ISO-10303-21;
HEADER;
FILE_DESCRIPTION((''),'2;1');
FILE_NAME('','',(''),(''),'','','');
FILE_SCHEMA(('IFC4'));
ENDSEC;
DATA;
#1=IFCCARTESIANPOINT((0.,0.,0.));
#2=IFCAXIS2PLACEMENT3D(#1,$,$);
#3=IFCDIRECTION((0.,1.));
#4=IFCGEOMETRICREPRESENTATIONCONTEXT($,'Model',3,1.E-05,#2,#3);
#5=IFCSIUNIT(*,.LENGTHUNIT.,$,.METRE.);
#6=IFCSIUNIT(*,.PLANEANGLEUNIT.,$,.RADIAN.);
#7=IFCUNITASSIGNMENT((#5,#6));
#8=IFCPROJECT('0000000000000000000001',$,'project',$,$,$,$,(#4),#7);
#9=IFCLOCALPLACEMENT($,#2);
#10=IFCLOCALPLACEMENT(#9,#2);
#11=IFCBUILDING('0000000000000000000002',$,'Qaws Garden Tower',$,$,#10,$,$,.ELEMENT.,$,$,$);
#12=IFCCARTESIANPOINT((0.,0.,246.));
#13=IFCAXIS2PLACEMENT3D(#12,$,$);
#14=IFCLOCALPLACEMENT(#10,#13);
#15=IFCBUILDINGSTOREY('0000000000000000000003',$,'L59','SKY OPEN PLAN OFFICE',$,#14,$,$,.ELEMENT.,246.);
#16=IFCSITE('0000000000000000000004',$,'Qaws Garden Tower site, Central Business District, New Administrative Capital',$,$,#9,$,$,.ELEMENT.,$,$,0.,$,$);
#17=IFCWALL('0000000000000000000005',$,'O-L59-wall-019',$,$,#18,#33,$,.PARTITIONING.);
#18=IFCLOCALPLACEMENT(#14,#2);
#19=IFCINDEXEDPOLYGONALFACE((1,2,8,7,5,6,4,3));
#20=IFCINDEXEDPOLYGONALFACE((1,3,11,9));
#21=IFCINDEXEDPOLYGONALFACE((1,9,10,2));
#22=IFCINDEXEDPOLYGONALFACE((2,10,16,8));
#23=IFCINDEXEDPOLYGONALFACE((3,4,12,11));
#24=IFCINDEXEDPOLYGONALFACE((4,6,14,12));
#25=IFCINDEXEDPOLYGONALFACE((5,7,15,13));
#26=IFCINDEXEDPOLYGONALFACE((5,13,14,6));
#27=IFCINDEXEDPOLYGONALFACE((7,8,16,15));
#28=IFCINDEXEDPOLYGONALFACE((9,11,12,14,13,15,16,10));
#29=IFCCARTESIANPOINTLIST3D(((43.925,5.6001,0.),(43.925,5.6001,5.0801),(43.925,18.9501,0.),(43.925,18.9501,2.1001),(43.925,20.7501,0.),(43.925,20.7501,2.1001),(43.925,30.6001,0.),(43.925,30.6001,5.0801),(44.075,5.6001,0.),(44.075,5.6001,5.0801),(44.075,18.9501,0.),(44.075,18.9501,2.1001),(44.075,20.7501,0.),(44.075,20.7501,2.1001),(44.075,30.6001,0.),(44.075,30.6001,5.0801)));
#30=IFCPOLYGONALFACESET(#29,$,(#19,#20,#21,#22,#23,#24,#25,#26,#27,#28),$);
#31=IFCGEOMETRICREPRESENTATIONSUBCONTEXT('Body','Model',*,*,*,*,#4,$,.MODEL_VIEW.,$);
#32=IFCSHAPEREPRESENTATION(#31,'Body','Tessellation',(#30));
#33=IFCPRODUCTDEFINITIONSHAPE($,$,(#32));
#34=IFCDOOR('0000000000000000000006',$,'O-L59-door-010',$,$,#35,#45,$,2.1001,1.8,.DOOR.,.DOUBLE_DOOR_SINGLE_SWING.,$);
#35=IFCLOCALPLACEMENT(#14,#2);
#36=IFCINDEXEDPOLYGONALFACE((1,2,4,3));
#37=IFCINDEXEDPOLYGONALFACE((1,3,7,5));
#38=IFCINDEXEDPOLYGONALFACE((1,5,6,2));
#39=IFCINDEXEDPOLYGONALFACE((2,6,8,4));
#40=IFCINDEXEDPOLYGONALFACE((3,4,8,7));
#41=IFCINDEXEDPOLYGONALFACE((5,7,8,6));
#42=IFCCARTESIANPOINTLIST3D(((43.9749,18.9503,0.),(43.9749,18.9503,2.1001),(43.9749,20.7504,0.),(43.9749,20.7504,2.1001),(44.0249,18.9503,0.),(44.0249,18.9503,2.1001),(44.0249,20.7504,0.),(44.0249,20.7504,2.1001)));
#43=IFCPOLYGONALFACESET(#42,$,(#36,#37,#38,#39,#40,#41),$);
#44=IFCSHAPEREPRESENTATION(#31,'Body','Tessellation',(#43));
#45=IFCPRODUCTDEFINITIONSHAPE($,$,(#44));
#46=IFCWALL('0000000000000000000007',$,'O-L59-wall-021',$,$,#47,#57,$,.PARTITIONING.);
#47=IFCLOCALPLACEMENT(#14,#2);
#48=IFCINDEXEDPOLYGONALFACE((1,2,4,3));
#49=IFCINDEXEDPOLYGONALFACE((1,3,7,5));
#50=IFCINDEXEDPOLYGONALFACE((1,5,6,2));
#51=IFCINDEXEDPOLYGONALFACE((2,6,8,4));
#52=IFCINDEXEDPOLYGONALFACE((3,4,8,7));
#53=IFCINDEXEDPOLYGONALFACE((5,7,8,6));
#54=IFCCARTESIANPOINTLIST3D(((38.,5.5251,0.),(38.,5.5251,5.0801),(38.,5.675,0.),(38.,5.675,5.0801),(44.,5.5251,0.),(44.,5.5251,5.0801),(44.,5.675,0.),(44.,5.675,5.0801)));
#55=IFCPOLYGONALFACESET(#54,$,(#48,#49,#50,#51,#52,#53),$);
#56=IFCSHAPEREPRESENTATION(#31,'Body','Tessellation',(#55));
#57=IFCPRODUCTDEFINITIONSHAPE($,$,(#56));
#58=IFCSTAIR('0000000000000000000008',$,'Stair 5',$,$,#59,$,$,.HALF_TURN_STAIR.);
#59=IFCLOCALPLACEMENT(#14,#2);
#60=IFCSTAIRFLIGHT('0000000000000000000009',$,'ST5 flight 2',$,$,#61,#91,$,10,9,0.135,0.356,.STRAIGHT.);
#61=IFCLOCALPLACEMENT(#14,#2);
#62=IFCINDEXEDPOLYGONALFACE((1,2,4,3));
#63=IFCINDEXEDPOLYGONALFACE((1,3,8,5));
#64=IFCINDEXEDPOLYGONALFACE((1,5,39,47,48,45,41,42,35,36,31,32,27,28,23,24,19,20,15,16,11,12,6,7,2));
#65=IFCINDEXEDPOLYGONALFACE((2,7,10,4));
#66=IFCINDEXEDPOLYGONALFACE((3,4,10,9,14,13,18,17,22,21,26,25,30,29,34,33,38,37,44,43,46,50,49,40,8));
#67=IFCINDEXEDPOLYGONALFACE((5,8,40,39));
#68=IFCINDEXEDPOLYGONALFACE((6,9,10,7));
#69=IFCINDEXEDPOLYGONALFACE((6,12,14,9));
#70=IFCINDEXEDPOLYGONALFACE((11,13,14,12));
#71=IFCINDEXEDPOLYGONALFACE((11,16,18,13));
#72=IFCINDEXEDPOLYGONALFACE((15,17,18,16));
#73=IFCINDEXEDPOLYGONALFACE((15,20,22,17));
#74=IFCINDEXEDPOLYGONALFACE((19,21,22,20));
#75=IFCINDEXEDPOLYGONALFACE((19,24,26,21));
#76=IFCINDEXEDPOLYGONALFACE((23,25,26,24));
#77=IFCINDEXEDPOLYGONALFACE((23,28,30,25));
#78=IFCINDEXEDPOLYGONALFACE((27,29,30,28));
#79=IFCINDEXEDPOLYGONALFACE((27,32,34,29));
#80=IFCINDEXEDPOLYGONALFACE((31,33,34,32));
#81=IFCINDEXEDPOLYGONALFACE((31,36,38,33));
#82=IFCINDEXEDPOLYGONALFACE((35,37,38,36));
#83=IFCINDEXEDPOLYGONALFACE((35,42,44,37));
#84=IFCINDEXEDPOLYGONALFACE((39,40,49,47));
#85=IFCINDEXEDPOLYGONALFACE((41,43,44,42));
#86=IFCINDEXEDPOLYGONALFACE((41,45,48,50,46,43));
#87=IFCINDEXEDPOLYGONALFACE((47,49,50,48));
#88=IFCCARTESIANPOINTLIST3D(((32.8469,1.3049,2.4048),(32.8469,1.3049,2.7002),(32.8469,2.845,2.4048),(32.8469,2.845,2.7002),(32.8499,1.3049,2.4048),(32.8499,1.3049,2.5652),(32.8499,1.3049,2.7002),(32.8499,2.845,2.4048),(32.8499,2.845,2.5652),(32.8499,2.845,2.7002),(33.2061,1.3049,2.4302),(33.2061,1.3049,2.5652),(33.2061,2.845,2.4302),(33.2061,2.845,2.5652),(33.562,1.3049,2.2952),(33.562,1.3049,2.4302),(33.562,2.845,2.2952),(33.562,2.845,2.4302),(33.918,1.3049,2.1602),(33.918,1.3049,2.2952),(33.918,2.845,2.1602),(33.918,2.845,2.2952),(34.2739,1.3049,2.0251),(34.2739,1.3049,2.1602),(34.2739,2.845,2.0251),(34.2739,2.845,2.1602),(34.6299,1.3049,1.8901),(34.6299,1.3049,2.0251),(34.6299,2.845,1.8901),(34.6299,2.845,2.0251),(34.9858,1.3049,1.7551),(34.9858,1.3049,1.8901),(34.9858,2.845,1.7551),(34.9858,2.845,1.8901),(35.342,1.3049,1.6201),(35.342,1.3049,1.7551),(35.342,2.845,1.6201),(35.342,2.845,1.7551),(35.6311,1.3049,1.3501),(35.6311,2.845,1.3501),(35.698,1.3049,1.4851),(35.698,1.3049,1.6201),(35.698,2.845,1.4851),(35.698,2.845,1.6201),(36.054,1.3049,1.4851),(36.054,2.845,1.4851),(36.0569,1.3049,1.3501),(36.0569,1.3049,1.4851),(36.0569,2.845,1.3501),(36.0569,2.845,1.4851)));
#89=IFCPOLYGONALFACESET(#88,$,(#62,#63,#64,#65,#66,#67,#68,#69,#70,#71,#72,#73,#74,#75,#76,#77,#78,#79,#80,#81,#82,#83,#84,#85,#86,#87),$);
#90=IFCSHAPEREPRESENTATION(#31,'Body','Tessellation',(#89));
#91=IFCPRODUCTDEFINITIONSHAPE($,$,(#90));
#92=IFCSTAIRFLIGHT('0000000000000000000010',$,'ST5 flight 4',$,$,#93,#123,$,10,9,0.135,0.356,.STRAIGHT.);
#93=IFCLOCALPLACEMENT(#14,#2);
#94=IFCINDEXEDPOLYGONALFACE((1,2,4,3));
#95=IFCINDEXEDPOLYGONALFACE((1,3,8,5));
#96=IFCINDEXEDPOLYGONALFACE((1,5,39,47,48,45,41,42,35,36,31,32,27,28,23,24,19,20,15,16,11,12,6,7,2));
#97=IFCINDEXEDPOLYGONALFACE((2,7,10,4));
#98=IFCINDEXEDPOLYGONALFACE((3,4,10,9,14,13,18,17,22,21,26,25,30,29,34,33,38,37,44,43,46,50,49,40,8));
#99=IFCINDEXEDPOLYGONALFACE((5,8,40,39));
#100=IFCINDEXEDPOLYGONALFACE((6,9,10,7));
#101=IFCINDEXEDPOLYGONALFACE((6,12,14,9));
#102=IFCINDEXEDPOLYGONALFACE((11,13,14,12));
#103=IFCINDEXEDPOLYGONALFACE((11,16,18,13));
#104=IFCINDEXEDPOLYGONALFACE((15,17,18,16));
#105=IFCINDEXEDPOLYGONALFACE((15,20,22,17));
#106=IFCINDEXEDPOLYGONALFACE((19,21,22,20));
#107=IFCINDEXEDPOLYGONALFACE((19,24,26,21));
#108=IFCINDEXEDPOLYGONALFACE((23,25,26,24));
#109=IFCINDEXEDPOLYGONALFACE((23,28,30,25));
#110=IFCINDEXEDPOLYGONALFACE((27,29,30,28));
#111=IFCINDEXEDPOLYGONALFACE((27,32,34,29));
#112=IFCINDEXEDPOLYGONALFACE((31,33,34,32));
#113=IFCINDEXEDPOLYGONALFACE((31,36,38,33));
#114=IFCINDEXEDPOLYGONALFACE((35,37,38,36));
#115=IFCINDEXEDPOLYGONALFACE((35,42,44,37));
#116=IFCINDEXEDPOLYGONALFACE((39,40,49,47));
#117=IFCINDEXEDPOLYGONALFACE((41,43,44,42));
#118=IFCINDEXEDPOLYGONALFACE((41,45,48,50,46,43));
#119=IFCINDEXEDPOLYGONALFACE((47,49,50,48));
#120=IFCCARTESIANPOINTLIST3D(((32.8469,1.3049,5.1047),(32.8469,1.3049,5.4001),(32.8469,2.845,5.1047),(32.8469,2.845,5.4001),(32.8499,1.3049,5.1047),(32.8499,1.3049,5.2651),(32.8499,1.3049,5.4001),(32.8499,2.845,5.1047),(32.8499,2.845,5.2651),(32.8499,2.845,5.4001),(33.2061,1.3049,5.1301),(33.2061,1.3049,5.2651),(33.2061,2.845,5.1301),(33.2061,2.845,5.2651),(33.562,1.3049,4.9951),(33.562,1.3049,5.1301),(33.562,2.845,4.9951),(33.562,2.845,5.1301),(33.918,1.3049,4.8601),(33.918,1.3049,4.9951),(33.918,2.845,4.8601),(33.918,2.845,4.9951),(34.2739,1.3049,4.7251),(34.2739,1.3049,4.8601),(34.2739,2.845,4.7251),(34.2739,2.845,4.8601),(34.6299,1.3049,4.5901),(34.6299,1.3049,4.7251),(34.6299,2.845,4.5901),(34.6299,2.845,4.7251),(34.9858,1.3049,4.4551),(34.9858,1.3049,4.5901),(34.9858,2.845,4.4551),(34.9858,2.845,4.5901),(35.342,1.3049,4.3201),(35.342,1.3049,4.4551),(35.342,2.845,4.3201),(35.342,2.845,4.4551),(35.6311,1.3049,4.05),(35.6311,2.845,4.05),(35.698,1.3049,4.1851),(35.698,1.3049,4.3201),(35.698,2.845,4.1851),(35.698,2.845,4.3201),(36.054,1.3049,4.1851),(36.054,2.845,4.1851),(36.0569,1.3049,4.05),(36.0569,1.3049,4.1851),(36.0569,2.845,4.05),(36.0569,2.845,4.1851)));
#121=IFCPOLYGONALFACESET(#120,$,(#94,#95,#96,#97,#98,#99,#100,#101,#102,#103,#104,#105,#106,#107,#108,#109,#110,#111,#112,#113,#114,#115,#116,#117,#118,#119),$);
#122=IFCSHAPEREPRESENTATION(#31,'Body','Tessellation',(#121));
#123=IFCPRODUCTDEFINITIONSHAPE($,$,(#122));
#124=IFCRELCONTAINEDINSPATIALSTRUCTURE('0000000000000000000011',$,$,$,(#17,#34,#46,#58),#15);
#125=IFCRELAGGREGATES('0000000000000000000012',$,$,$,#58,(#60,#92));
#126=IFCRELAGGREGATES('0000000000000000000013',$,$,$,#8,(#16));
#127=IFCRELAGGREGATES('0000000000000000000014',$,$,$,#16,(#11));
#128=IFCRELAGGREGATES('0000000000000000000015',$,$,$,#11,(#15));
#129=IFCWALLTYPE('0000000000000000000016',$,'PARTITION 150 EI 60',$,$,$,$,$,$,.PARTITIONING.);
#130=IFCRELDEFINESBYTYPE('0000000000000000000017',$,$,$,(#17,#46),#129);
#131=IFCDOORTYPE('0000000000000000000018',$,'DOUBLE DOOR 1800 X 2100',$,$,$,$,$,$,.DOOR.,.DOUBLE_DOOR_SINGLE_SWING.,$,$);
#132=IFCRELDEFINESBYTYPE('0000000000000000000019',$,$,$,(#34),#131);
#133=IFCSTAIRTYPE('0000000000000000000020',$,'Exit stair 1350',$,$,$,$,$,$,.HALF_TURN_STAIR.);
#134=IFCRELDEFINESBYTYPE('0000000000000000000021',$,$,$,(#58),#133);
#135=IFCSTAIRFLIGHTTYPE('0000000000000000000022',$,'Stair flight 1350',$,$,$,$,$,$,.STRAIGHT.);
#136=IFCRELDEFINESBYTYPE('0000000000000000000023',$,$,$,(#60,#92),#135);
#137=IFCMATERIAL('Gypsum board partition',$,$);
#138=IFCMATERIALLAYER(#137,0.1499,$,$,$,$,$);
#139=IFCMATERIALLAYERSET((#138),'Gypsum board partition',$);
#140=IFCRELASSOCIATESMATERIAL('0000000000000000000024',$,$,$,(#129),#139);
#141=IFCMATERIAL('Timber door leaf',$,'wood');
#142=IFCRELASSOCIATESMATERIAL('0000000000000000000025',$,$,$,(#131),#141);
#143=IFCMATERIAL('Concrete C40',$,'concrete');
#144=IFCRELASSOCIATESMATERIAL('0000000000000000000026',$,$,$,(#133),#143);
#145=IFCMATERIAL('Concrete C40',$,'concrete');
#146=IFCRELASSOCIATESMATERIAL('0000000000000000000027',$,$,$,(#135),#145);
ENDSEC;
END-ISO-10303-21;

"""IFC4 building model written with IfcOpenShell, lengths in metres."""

from ifc_helpers import new_model, si_unit, direction, frame, frame_2d, origin, place, context, subcontext, project, spatial, polyline, rectangle, outline, extrude, material, layer, layer_set, type_object, element, fill, aggregate, save


model = new_model("IFC4")

# Units and contexts
model_context = context("Model", 3, precision=1e-05, world=origin(), true_north=direction((0.0, 1.0)))
body_context = subcontext(model_context, "Body", "Model", "MODEL_VIEW")
ifc_project = project(units=[si_unit("LENGTHUNIT", "METRE"), si_unit("PLANEANGLEUNIT", "RADIAN")], contexts=[model_context])

# Site, building, storey
site_placement = place(None, origin())
site = spatial("IfcSite", under=ifc_project, at=site_placement, Name="Qaws Garden Tower site, Central Business District, New Administrative Capital", CompositionType="ELEMENT", RefElevation=0.0)
building_placement = place(site_placement, origin())
building = spatial("IfcBuilding", under=site, at=building_placement, Name="Qaws Garden Tower", CompositionType="ELEMENT")
storey_placement = place(building_placement, frame((0.0, 0.0, 246.0)))
storey = spatial("IfcBuildingStorey", under=building, at=storey_placement, Name="L59", Description="SKY OPEN PLAN OFFICE", CompositionType="ELEMENT", Elevation=246.0)

# Shared definitions
ifc_material_1 = material(Name="Gypsum board partition")
ifc_layer_1 = layer(ifc_material_1, 0.1499)
ifc_layer_set_1 = layer_set([ifc_layer_1], Name="Gypsum board partition")
wall_type_1 = type_object("IfcWallType", Name="PARTITION 150 EI 60", PredefinedType="PARTITIONING", material=ifc_layer_set_1)

# Wall, opening, door
wall_1_placement = place(storey_placement, frame((44.0, 5.6001, 0.0), z_axis=(0.0, 0.0, 1.0), x_axis=(0.0, 1.0, 0.0)))
wall_1 = element("IfcWall", 1, at=wall_1_placement, inside=storey, type_object=wall_type_1, Name="O-L59-wall-019", PredefinedType="PARTITIONING", context=body_context, shape_type="SweptSolid", body=[
    extrude(rectangle(XDim=25.0, YDim=0.1499, at=frame_2d((12.5, 0.0))), origin(), (0.0, 0.0, 1.0), 5.0801),
])
opening_1_placement = place(wall_1_placement, frame((13.3501, 0.0, 0.0)))
opening_1 = element("IfcOpeningElement", 2, at=opening_1_placement, cuts=wall_1, PredefinedType="OPENING", context=body_context, shape_type="SweptSolid", body=[
    extrude(rectangle(XDim=1.8, YDim=2.1001, at=frame_2d((0.8999, 1.05))), frame((0.0, 0.085, 0.0), z_axis=(0.0, -1.0, 0.0), x_axis=(1.0, 0.0, 0.0)), (0.0, 0.0, 1.0), 0.1699),
])
ifc_material_2 = material(Name="Timber door leaf", Category="wood")
door_type_1 = type_object("IfcDoorType", Name="DOUBLE DOOR 1800 X 2100", OperationType="DOUBLE_DOOR_SINGLE_SWING", PredefinedType="DOOR", material=ifc_material_2)
door_1_placement = place(opening_1_placement, frame((1.8, 0.0, 0.0), z_axis=(0.0, 0.0, 1.0), x_axis=(-1.0, 0.0, 0.0)))
door_1 = element("IfcDoor", 3, at=door_1_placement, inside=storey, type_object=door_type_1, Name="O-L59-door-010", OperationType="DOUBLE_DOOR_SINGLE_SWING", OverallHeight=2.1001, OverallWidth=1.8, PredefinedType="DOOR", context=body_context, shape_type="SweptSolid", body=[
    extrude(rectangle(XDim=1.8, YDim=2.1001, at=frame_2d((0.8999, 1.05))), frame((0.0, 0.0249, 0.0), z_axis=(0.0, -1.0, 0.0), x_axis=(1.0, 0.0, 0.0)), (0.0, 0.0, 1.0), 0.05),
])
fill(opening_1, door_1)

# Wall
wall_2_placement = place(storey_placement, frame((38.0, 5.6001, 0.0), z_axis=(0.0, 0.0, 1.0), x_axis=(1.0, 0.0, 0.0)))
element("IfcWall", 4, at=wall_2_placement, inside=storey, type_object=wall_type_1, Name="O-L59-wall-021", PredefinedType="PARTITIONING", context=body_context, shape_type="SweptSolid", body=[
    extrude(rectangle(XDim=6.0, YDim=0.1499, at=frame_2d((3.0, 0.0))), origin(), (0.0, 0.0, 1.0), 5.0801),
])

# Stair, stair flights
ifc_material_3 = material(Name="Concrete C40", Category="concrete")
stair_type = type_object("IfcStairType", Name="Exit stair 1350", PredefinedType="HALF_TURN_STAIR", material=ifc_material_3)
stair_placement = place(storey_placement, origin())
stair = element("IfcStair", 5, at=stair_placement, inside=storey, type_object=stair_type, Name="Stair 5", PredefinedType="HALF_TURN_STAIR")
ifc_material_4 = material(Name="Concrete C40", Category="concrete")
stair_flight_type = type_object("IfcStairFlightType", Name="Stair flight 1350", PredefinedType="STRAIGHT", material=ifc_material_4)
stair_flight_1_placement = place(storey_placement, frame((36.054, 2.075, 1.3501), z_axis=(0.0, 0.0, 1.0), x_axis=(-1.0, 0.0, 0.0)))
stair_flight_1 = element("IfcStairFlight", 6, at=stair_flight_1_placement, type_object=stair_flight_type, Name="ST5 flight 2", NumberOfRisers=10, NumberOfTreads=9, PredefinedType="STRAIGHT", RiserHeight=0.135, TreadLength=0.356, context=body_context, shape_type="SweptSolid", body=[
    extrude(outline(polyline([(-0.0029, 0.0), (-0.0029, 0.135), (0.0, 0.135), (0.356, 0.135), (0.356, 0.27), (0.7119, 0.27), (0.7119, 0.405), (1.0681, 0.405), (1.0681, 0.54), (1.4241, 0.54), (1.4241, 0.675), (1.78, 0.675), (1.78, 0.8101), (2.136, 0.8101), (2.136, 0.9451), (2.4919, 0.9451), (2.4919, 1.0801), (2.8479, 1.0801), (2.8479, 1.2151), (3.2041, 1.2151), (3.2041, 1.3501), (3.207, 1.3501), (3.207, 1.0547), (3.2041, 1.0547), (0.4229, 0.0), (-0.0029, 0.0)])), frame((0.0, 0.77, 0.0), z_axis=(0.0, -1.0, 0.0), x_axis=(1.0, 0.0, 0.0)), (0.0, 0.0, 1.0), 1.54),
])
stair_flight_2_placement = place(storey_placement, frame((36.054, 2.075, 4.05), z_axis=(0.0, 0.0, 1.0), x_axis=(-1.0, 0.0, 0.0)))
stair_flight_2 = element("IfcStairFlight", 7, at=stair_flight_2_placement, type_object=stair_flight_type, Name="ST5 flight 4", NumberOfRisers=10, NumberOfTreads=9, PredefinedType="STRAIGHT", RiserHeight=0.135, TreadLength=0.356, context=body_context, shape_type="SweptSolid", body=[
    extrude(outline(polyline([(-0.0029, 0.0), (-0.0029, 0.135), (0.0, 0.135), (0.356, 0.135), (0.356, 0.27), (0.7119, 0.27), (0.7119, 0.405), (1.0681, 0.405), (1.0681, 0.54), (1.4241, 0.54), (1.4241, 0.675), (1.78, 0.675), (1.78, 0.8101), (2.136, 0.8101), (2.136, 0.9451), (2.4919, 0.9451), (2.4919, 1.0801), (2.8479, 1.0801), (2.8479, 1.2151), (3.2041, 1.2151), (3.2041, 1.3501), (3.207, 1.3501), (3.207, 1.0547), (3.2041, 1.0547), (0.4229, 0.0), (-0.0029, 0.0)])), frame((0.0, 0.77, 0.0), z_axis=(0.0, -1.0, 0.0), x_axis=(1.0, 0.0, 0.0)), (0.0, 0.0, 1.0), 1.54),
])
aggregate(stair, [stair_flight_1, stair_flight_2])

save(model, "model.ifc")
